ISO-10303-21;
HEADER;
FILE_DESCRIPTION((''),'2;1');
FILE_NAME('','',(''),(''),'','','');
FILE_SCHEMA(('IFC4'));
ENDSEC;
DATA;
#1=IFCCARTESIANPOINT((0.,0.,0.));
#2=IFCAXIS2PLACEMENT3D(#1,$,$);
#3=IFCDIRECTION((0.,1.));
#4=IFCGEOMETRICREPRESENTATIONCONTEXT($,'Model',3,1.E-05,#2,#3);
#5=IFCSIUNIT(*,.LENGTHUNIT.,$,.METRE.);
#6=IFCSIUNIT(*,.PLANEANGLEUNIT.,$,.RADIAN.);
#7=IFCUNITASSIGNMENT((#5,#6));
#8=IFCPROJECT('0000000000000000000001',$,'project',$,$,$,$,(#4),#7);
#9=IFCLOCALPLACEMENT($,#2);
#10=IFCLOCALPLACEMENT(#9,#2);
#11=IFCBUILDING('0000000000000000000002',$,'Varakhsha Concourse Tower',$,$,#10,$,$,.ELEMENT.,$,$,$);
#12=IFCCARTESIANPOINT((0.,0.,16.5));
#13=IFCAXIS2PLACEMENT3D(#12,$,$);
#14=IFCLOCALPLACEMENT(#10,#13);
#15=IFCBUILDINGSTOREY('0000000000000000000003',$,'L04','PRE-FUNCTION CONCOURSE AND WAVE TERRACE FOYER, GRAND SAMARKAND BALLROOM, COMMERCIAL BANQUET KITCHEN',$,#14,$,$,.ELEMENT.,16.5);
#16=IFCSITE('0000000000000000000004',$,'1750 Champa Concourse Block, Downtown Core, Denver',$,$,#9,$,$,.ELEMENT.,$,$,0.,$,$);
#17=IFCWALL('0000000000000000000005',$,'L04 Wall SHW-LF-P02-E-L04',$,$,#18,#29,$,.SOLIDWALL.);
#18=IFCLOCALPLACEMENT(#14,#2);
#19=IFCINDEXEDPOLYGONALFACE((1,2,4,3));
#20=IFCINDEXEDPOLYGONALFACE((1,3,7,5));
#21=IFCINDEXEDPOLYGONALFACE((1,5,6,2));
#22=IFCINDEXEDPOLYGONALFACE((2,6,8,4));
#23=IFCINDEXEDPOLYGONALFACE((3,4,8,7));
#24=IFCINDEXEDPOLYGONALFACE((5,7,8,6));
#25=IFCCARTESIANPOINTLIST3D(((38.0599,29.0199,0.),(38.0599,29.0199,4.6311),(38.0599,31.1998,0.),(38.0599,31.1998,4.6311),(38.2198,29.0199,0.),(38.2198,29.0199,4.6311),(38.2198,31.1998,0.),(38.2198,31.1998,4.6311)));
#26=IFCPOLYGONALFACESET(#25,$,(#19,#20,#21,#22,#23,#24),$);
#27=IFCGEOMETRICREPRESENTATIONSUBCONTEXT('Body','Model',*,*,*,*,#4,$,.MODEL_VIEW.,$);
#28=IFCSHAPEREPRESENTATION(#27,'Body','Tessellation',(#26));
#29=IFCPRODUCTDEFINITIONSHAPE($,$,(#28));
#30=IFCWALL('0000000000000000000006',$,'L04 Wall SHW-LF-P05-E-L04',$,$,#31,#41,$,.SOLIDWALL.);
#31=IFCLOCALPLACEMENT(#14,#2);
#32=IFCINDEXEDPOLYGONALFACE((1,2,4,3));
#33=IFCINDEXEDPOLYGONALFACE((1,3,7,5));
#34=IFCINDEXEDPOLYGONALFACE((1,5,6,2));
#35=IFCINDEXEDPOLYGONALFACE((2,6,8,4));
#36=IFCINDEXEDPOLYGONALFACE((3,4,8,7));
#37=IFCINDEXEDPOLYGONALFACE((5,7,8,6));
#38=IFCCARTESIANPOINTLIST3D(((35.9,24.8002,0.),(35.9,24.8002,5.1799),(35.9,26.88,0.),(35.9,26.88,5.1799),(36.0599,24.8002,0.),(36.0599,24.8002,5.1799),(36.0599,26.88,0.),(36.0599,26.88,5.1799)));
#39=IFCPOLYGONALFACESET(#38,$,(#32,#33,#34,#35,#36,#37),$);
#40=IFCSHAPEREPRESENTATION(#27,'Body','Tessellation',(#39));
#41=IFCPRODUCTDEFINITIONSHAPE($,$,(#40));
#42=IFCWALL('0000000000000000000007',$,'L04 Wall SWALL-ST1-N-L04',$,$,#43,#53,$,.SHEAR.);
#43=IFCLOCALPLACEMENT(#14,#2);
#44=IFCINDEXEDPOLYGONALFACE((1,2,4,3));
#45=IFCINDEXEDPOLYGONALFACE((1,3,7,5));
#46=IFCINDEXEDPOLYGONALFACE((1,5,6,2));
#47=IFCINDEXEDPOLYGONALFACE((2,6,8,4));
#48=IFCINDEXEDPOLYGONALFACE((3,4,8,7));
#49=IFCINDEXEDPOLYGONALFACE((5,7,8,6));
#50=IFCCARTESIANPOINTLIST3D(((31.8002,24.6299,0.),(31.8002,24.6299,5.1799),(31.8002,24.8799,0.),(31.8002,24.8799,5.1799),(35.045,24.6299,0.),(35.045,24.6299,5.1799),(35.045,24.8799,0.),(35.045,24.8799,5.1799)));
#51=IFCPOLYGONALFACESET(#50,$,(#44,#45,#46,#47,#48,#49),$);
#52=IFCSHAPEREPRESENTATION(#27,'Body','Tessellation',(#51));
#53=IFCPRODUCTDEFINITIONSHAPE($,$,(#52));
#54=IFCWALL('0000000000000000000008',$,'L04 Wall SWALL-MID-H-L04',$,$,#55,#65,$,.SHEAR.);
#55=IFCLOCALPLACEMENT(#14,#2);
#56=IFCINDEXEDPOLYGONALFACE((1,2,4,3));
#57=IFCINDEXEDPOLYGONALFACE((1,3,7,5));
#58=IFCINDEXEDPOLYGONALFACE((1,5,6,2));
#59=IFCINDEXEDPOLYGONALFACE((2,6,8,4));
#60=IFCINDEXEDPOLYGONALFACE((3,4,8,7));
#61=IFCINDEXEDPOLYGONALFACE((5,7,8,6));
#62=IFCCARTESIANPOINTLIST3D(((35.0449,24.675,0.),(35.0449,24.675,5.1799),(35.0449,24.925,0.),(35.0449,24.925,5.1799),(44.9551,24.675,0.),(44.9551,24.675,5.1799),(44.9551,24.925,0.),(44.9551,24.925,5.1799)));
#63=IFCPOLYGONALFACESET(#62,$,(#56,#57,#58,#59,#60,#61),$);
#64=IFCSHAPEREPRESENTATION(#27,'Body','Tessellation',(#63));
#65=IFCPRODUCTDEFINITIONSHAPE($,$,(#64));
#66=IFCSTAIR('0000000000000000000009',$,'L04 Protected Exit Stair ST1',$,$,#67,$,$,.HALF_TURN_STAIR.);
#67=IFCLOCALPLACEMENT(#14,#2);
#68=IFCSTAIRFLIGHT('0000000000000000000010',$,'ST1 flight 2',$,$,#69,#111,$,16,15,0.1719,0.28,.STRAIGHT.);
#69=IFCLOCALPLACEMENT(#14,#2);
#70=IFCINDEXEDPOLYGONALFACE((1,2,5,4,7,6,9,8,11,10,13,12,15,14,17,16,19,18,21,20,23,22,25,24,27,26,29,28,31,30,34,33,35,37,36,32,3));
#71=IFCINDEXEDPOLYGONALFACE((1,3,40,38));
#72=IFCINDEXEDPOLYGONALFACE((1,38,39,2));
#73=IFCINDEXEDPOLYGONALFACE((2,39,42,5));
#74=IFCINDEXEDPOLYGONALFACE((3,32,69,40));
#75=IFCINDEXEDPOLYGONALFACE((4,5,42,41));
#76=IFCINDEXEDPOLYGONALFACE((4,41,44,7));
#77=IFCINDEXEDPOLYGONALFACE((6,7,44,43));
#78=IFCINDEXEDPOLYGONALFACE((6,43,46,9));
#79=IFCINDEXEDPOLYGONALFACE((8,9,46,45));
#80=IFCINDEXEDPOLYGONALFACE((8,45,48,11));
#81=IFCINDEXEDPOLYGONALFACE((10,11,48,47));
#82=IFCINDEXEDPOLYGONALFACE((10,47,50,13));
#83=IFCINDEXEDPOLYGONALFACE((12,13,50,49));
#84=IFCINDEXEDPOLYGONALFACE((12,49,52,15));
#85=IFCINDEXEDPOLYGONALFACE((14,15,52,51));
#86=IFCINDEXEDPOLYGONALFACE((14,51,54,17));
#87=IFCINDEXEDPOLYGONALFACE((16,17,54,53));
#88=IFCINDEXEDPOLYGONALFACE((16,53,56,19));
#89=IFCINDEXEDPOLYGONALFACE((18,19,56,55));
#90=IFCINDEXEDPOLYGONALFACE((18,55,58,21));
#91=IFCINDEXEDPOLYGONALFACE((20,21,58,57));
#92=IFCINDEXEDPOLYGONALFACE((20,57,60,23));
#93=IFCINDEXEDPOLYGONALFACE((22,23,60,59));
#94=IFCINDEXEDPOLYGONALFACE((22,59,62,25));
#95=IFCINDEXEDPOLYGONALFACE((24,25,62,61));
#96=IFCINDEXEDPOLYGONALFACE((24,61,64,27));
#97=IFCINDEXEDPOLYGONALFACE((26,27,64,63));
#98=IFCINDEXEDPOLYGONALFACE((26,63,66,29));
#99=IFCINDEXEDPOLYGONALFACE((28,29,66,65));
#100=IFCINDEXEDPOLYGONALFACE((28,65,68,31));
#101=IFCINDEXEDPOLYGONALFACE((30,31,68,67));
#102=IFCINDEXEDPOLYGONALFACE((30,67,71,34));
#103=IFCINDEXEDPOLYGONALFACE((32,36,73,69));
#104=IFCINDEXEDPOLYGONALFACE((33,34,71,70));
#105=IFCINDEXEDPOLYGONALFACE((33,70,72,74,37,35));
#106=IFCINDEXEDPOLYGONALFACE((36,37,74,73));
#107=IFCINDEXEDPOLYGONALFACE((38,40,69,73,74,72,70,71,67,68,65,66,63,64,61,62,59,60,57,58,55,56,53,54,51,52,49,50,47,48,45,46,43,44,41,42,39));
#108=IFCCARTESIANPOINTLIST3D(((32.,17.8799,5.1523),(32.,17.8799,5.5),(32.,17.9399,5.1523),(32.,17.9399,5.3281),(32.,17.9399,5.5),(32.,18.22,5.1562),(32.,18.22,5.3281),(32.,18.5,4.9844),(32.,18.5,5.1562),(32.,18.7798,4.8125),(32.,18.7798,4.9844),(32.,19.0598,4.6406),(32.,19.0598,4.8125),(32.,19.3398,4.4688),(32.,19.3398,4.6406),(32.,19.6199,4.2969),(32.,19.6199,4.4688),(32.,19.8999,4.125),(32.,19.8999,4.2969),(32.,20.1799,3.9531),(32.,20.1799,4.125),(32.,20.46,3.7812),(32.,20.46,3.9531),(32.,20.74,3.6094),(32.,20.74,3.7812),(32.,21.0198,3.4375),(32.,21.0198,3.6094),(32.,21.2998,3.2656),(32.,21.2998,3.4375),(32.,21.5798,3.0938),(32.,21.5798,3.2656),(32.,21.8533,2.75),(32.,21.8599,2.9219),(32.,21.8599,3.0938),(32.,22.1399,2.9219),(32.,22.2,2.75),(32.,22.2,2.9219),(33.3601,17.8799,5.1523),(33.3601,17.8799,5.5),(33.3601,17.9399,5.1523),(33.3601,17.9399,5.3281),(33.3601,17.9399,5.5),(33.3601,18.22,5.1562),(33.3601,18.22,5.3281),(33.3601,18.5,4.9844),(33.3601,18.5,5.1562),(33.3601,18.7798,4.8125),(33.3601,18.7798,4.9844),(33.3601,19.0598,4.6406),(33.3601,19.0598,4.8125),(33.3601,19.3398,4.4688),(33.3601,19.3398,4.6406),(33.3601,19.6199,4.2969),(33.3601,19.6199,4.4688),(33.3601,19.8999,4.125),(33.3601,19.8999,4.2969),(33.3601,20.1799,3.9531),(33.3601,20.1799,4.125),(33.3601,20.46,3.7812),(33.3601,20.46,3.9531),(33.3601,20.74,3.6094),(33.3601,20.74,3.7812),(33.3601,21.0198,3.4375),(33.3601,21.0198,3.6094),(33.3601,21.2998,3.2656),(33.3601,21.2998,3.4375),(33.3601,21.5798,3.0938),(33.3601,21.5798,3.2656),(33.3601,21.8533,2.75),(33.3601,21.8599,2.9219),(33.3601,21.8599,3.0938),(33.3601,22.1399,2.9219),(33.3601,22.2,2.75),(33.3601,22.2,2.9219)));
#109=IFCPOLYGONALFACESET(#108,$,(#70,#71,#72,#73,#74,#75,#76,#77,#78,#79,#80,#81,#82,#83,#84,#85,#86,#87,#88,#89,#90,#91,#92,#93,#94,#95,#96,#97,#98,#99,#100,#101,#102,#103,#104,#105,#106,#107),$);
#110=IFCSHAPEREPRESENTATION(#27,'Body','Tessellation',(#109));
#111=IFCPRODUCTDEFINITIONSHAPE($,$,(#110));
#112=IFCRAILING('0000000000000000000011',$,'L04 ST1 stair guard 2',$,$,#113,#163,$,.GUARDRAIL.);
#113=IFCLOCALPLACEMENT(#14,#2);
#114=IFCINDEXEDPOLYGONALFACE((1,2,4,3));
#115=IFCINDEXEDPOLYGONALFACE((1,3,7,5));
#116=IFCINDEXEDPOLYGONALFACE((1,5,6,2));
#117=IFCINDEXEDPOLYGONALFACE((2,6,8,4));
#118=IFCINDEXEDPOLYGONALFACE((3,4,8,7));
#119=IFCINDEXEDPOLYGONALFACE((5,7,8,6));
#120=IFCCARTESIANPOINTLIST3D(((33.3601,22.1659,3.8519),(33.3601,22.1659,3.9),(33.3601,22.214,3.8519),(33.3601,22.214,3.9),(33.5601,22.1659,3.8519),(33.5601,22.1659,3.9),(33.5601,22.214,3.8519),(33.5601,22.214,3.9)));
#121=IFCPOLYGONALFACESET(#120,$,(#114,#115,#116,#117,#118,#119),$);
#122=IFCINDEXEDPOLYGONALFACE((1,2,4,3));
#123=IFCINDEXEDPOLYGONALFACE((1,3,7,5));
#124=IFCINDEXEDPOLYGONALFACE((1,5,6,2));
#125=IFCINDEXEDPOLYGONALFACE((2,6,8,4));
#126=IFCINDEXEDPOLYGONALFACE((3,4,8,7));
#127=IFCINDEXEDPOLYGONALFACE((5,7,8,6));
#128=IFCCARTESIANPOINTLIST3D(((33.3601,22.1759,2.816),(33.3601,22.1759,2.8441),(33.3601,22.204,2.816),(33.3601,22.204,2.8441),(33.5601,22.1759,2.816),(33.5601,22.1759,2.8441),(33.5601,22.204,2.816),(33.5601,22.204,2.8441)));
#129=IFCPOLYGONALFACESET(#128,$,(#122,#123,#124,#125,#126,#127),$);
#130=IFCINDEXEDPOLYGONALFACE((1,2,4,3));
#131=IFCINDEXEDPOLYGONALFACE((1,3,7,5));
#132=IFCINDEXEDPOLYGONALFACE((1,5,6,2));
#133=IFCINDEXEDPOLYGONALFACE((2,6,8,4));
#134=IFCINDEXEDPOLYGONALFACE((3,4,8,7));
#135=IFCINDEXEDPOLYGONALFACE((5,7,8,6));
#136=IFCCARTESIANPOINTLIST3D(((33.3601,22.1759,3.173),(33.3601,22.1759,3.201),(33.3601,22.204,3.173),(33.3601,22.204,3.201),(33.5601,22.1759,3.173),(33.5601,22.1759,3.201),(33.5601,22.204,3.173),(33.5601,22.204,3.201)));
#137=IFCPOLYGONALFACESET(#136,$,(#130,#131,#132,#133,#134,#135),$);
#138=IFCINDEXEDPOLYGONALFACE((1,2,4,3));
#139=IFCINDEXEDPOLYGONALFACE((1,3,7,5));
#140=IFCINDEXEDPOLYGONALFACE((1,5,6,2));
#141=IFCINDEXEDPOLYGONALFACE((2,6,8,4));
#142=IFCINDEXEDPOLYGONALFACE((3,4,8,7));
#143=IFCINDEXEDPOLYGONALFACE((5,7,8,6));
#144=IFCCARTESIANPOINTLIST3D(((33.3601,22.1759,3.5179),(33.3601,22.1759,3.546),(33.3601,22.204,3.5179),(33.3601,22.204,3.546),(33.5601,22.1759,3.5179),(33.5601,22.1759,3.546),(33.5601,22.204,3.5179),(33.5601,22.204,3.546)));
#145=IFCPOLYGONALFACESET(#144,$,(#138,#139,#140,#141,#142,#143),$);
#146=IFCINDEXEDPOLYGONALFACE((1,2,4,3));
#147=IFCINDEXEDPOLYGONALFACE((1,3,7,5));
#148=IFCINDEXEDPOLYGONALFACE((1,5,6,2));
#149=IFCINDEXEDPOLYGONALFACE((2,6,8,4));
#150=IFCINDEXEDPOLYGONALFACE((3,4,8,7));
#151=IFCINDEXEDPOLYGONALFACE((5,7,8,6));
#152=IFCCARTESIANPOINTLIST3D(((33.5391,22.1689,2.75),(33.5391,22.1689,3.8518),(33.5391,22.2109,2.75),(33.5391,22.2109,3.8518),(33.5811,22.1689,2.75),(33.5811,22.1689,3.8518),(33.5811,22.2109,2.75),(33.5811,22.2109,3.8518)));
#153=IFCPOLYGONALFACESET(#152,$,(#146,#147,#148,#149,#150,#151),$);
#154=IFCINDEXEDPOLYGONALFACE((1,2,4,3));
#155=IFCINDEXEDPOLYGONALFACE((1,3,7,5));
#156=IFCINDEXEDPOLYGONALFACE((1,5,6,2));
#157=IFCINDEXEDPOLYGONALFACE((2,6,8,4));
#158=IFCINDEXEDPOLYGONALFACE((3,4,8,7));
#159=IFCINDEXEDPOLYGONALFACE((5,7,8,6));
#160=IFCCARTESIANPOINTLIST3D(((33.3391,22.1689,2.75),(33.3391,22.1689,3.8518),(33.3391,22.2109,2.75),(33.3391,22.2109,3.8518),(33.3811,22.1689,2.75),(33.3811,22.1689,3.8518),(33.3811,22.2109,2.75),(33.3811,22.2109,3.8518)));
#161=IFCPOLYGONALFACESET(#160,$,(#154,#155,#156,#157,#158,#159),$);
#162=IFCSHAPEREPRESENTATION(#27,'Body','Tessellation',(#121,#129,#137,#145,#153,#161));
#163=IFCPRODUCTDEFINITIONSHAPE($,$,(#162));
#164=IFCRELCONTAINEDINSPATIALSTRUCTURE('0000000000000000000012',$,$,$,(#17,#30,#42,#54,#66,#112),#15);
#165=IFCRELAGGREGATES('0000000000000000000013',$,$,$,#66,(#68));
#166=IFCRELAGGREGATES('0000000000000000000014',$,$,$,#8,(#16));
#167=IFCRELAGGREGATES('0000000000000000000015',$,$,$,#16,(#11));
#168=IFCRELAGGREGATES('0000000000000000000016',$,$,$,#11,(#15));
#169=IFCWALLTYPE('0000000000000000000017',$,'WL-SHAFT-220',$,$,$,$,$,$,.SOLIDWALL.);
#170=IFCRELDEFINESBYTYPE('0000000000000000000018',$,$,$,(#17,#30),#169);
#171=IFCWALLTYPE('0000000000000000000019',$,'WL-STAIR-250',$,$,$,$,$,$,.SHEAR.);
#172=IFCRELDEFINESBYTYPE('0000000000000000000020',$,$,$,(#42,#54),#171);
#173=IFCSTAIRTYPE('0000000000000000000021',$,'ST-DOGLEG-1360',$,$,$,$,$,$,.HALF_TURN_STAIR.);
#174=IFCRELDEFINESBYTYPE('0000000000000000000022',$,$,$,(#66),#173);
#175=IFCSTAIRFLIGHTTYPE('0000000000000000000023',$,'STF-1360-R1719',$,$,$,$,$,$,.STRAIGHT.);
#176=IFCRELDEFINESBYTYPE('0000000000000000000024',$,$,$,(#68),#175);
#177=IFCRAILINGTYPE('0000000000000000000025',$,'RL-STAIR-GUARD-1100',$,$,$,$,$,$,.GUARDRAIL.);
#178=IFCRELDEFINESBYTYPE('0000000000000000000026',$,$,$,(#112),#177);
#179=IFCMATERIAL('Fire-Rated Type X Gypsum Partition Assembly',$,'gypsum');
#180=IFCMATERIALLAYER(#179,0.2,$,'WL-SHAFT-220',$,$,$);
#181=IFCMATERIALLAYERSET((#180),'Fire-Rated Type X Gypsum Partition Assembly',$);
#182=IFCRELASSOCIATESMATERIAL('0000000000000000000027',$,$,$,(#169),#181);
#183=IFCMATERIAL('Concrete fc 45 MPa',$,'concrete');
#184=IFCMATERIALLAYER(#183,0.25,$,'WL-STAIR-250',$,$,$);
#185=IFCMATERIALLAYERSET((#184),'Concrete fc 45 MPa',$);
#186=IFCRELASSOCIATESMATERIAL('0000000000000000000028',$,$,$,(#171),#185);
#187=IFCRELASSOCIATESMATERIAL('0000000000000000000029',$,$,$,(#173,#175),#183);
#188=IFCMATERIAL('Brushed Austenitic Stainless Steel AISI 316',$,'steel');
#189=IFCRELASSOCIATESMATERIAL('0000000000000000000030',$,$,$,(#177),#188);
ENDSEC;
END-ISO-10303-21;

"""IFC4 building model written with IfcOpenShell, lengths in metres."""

from ifc_helpers import new_model, si_unit, direction, frame, frame_2d, origin, origin_2d, place, context, subcontext, project, spatial, polyline, rectangle, outline, extrude, material, layer, layer_set, type_object, element, aggregate, save


model = new_model("IFC4")

# Units and contexts
model_context = context("Model", 3, precision=1e-05, world=origin(), true_north=direction((0.0, 1.0)))
body_context = subcontext(model_context, "Body", "Model", "MODEL_VIEW")
ifc_project = project(units=[si_unit("LENGTHUNIT", "METRE"), si_unit("PLANEANGLEUNIT", "RADIAN")], contexts=[model_context])

# Site, building, storey
site_placement = place(None, origin())
site = spatial("IfcSite", under=ifc_project, at=site_placement, Name="1750 Champa Concourse Block, Downtown Core, Denver", CompositionType="ELEMENT", RefElevation=0.0)
building_placement = place(site_placement, origin())
building = spatial("IfcBuilding", under=site, at=building_placement, Name="Varakhsha Concourse Tower", CompositionType="ELEMENT")
storey_placement = place(building_placement, frame((0.0, 0.0, 16.5)))
storey = spatial("IfcBuildingStorey", under=building, at=storey_placement, Name="L04", Description="PRE-FUNCTION CONCOURSE AND WAVE TERRACE FOYER, GRAND SAMARKAND BALLROOM, COMMERCIAL BANQUET KITCHEN", CompositionType="ELEMENT", Elevation=16.5)

# Shared definitions
ifc_material_1 = material(Name="Fire-Rated Type X Gypsum Partition Assembly", Category="gypsum")
ifc_layer_1 = layer(ifc_material_1, 0.2, Name="WL-SHAFT-220")
ifc_layer_set_1 = layer_set([ifc_layer_1], Name="Fire-Rated Type X Gypsum Partition Assembly")
wall_type_1 = type_object("IfcWallType", Name="WL-SHAFT-220", PredefinedType="SOLIDWALL", material=ifc_layer_set_1)
ifc_material_2 = material(Name="Brushed Austenitic Stainless Steel AISI 316", Category="steel")

# Walls
for number, where, z_axis, x_axis, name in (
    (1, (38.1399, 29.02, 0.0), (0.0, 0.0, 1.0), (0.0, 1.0, 0.0), "L04 Wall SHW-LF-P02-E-L04"),
):
    element("IfcWall", number, at=place(storey_placement, frame(where, z_axis=z_axis, x_axis=x_axis)), inside=storey, type_object=wall_type_1, Name=name, PredefinedType="SOLIDWALL", context=body_context, shape_type="SweptSolid", body=[
        extrude(rectangle(XDim=2.1799, YDim=0.1599, at=frame_2d((1.0898, 0.0))), origin(), (0.0, 0.0, 1.0), 4.6311),
    ])
wall_1_placement = place(storey_placement, frame((35.98, 24.8, 0.0), z_axis=(0.0, 0.0, 1.0), x_axis=(0.0, 1.0, 0.0)))
element("IfcWall", 2, at=wall_1_placement, inside=storey, type_object=wall_type_1, Name="L04 Wall SHW-LF-P05-E-L04", PredefinedType="SOLIDWALL", context=body_context, shape_type="SweptSolid", body=[
    extrude(rectangle(XDim=2.0798, YDim=0.1599, at=frame_2d((1.04, 0.0))), origin(), (0.0, 0.0, 1.0), 5.1799),
])
ifc_material_3 = material(Name="Concrete fc 45 MPa", Category="concrete")
ifc_layer_2 = layer(ifc_material_3, 0.25, Name="WL-STAIR-250")
ifc_layer_set_2 = layer_set([ifc_layer_2], Name="Concrete fc 45 MPa")
wall_type_2 = type_object("IfcWallType", Name="WL-STAIR-250", PredefinedType="SHEAR", material=ifc_layer_set_2)
wall_2_placement = place(storey_placement, frame((31.8, 24.7549, 0.0), z_axis=(0.0, 0.0, 1.0), x_axis=(1.0, 0.0, 0.0)))
element("IfcWall", 3, at=wall_2_placement, inside=storey, type_object=wall_type_2, Name="L04 Wall SWALL-ST1-N-L04", PredefinedType="SHEAR", context=body_context, shape_type="SweptSolid", body=[
    extrude(rectangle(XDim=3.2449, YDim=0.25, at=frame_2d((1.6226, 0.0))), origin(), (0.0, 0.0, 1.0), 5.1799),
])
wall_3_placement = place(storey_placement, frame((35.0449, 24.8, 0.0), z_axis=(0.0, 0.0, 1.0), x_axis=(1.0, 0.0, 0.0)))
element("IfcWall", 4, at=wall_3_placement, inside=storey, type_object=wall_type_2, Name="L04 Wall SWALL-MID-H-L04", PredefinedType="SHEAR", context=body_context, shape_type="SweptSolid", body=[
    extrude(rectangle(XDim=9.9102, YDim=0.25, at=frame_2d((4.9551, 0.0))), origin(), (0.0, 0.0, 1.0), 5.1799),
])

# Stair, stair flight
stair_type = type_object("IfcStairType", Name="ST-DOGLEG-1360", PredefinedType="HALF_TURN_STAIR", material=ifc_material_3)
stair_placement = place(storey_placement, origin())
stair = element("IfcStair", 5, at=stair_placement, inside=storey, type_object=stair_type, Name="L04 Protected Exit Stair ST1", PredefinedType="HALF_TURN_STAIR")
stair_flight_type = type_object("IfcStairFlightType", Name="STF-1360-R1719", PredefinedType="STRAIGHT", material=ifc_material_3)
stair_flight_placement = place(storey_placement, frame((32.6799, 22.1399, 2.75), z_axis=(0.0, 0.0, 1.0), x_axis=(0.0, -1.0, 0.0)))
stair_flight = element("IfcStairFlight", 6, at=stair_flight_placement, type_object=stair_flight_type, Name="ST1 flight 2", NumberOfRisers=16, NumberOfTreads=15, PredefinedType="STRAIGHT", RiserHeight=0.1719, TreadLength=0.28, context=body_context, shape_type="SweptSolid", body=[
    extrude(outline(polyline([(-0.0601, 0.0), (-0.0601, 0.1719), (0.0, 0.1719), (0.28, 0.1719), (0.28, 0.3438), (0.5601, 0.3438), (0.5601, 0.5156), (0.8401, 0.5156), (0.8401, 0.6875), (1.1201, 0.6875), (1.1201, 0.8594), (1.3999, 0.8594), (1.3999, 1.0312), (1.6799, 1.0312), (1.6799, 1.2031), (1.96, 1.2031), (1.96, 1.375), (2.24, 1.375), (2.24, 1.5469), (2.52, 1.5469), (2.52, 1.7188), (2.8, 1.7188), (2.8, 1.8906), (3.0801, 1.8906), (3.0801, 2.0625), (3.3601, 2.0625), (3.3601, 2.2344), (3.6399, 2.2344), (3.6399, 2.4062), (3.9199, 2.4062), (3.9199, 2.5781), (4.2, 2.5781), (4.2, 2.75), (4.26, 2.75), (4.26, 2.4023), (4.2, 2.4023), (0.2866, 0.0), (-0.0601, 0.0)])), frame((0.0, 0.6802, 0.0), z_axis=(0.0, -1.0, 0.0), x_axis=(1.0, 0.0, 0.0)), (0.0, 0.0, 1.0), 1.3601),
])
aggregate(stair, [stair_flight])

# Railing
railing_type_1 = type_object("IfcRailingType", Name="RL-STAIR-GUARD-1100", PredefinedType="GUARDRAIL", material=ifc_material_2)
railing_1_placement = place(storey_placement, frame((33.5601, 22.1899, 2.75)))
element("IfcRailing", 7, at=railing_1_placement, inside=storey, type_object=railing_type_1, Name="L04 ST1 stair guard 2", PredefinedType="GUARDRAIL", context=body_context, shape_type="SweptSolid", body=[
    extrude(rectangle(XDim=0.0481, YDim=0.0481, at=origin_2d()), frame((0.0, 0.0, 1.126), z_axis=(-1.0, 0.0, 0.0), x_axis=(0.0, -1.0, 0.0)), (0.0, 0.0, 1.0), 0.2),
    extrude(rectangle(XDim=0.0281, YDim=0.0281, at=origin_2d()), frame((0.0, 0.0, 0.0801), z_axis=(-1.0, 0.0, 0.0), x_axis=(0.0, -1.0, 0.0)), (0.0, 0.0, 1.0), 0.2),
    extrude(rectangle(XDim=0.0281, YDim=0.0281, at=origin_2d()), frame((0.0, 0.0, 0.437), z_axis=(-1.0, 0.0, 0.0), x_axis=(0.0, -1.0, 0.0)), (0.0, 0.0, 1.0), 0.2),
    extrude(rectangle(XDim=0.0281, YDim=0.0281, at=origin_2d()), frame((0.0, 0.0, 0.782), z_axis=(-1.0, 0.0, 0.0), x_axis=(0.0, -1.0, 0.0)), (0.0, 0.0, 1.0), 0.2),
    extrude(rectangle(XDim=0.042, YDim=0.042, at=origin_2d()), origin(), (0.0, 0.0, 1.0), 1.1018),
    extrude(rectangle(XDim=0.042, YDim=0.042, at=origin_2d()), frame((-0.2, 0.0, 0.0)), (0.0, 0.0, 1.0), 1.1018),
])

save(model, "model.ifc")
